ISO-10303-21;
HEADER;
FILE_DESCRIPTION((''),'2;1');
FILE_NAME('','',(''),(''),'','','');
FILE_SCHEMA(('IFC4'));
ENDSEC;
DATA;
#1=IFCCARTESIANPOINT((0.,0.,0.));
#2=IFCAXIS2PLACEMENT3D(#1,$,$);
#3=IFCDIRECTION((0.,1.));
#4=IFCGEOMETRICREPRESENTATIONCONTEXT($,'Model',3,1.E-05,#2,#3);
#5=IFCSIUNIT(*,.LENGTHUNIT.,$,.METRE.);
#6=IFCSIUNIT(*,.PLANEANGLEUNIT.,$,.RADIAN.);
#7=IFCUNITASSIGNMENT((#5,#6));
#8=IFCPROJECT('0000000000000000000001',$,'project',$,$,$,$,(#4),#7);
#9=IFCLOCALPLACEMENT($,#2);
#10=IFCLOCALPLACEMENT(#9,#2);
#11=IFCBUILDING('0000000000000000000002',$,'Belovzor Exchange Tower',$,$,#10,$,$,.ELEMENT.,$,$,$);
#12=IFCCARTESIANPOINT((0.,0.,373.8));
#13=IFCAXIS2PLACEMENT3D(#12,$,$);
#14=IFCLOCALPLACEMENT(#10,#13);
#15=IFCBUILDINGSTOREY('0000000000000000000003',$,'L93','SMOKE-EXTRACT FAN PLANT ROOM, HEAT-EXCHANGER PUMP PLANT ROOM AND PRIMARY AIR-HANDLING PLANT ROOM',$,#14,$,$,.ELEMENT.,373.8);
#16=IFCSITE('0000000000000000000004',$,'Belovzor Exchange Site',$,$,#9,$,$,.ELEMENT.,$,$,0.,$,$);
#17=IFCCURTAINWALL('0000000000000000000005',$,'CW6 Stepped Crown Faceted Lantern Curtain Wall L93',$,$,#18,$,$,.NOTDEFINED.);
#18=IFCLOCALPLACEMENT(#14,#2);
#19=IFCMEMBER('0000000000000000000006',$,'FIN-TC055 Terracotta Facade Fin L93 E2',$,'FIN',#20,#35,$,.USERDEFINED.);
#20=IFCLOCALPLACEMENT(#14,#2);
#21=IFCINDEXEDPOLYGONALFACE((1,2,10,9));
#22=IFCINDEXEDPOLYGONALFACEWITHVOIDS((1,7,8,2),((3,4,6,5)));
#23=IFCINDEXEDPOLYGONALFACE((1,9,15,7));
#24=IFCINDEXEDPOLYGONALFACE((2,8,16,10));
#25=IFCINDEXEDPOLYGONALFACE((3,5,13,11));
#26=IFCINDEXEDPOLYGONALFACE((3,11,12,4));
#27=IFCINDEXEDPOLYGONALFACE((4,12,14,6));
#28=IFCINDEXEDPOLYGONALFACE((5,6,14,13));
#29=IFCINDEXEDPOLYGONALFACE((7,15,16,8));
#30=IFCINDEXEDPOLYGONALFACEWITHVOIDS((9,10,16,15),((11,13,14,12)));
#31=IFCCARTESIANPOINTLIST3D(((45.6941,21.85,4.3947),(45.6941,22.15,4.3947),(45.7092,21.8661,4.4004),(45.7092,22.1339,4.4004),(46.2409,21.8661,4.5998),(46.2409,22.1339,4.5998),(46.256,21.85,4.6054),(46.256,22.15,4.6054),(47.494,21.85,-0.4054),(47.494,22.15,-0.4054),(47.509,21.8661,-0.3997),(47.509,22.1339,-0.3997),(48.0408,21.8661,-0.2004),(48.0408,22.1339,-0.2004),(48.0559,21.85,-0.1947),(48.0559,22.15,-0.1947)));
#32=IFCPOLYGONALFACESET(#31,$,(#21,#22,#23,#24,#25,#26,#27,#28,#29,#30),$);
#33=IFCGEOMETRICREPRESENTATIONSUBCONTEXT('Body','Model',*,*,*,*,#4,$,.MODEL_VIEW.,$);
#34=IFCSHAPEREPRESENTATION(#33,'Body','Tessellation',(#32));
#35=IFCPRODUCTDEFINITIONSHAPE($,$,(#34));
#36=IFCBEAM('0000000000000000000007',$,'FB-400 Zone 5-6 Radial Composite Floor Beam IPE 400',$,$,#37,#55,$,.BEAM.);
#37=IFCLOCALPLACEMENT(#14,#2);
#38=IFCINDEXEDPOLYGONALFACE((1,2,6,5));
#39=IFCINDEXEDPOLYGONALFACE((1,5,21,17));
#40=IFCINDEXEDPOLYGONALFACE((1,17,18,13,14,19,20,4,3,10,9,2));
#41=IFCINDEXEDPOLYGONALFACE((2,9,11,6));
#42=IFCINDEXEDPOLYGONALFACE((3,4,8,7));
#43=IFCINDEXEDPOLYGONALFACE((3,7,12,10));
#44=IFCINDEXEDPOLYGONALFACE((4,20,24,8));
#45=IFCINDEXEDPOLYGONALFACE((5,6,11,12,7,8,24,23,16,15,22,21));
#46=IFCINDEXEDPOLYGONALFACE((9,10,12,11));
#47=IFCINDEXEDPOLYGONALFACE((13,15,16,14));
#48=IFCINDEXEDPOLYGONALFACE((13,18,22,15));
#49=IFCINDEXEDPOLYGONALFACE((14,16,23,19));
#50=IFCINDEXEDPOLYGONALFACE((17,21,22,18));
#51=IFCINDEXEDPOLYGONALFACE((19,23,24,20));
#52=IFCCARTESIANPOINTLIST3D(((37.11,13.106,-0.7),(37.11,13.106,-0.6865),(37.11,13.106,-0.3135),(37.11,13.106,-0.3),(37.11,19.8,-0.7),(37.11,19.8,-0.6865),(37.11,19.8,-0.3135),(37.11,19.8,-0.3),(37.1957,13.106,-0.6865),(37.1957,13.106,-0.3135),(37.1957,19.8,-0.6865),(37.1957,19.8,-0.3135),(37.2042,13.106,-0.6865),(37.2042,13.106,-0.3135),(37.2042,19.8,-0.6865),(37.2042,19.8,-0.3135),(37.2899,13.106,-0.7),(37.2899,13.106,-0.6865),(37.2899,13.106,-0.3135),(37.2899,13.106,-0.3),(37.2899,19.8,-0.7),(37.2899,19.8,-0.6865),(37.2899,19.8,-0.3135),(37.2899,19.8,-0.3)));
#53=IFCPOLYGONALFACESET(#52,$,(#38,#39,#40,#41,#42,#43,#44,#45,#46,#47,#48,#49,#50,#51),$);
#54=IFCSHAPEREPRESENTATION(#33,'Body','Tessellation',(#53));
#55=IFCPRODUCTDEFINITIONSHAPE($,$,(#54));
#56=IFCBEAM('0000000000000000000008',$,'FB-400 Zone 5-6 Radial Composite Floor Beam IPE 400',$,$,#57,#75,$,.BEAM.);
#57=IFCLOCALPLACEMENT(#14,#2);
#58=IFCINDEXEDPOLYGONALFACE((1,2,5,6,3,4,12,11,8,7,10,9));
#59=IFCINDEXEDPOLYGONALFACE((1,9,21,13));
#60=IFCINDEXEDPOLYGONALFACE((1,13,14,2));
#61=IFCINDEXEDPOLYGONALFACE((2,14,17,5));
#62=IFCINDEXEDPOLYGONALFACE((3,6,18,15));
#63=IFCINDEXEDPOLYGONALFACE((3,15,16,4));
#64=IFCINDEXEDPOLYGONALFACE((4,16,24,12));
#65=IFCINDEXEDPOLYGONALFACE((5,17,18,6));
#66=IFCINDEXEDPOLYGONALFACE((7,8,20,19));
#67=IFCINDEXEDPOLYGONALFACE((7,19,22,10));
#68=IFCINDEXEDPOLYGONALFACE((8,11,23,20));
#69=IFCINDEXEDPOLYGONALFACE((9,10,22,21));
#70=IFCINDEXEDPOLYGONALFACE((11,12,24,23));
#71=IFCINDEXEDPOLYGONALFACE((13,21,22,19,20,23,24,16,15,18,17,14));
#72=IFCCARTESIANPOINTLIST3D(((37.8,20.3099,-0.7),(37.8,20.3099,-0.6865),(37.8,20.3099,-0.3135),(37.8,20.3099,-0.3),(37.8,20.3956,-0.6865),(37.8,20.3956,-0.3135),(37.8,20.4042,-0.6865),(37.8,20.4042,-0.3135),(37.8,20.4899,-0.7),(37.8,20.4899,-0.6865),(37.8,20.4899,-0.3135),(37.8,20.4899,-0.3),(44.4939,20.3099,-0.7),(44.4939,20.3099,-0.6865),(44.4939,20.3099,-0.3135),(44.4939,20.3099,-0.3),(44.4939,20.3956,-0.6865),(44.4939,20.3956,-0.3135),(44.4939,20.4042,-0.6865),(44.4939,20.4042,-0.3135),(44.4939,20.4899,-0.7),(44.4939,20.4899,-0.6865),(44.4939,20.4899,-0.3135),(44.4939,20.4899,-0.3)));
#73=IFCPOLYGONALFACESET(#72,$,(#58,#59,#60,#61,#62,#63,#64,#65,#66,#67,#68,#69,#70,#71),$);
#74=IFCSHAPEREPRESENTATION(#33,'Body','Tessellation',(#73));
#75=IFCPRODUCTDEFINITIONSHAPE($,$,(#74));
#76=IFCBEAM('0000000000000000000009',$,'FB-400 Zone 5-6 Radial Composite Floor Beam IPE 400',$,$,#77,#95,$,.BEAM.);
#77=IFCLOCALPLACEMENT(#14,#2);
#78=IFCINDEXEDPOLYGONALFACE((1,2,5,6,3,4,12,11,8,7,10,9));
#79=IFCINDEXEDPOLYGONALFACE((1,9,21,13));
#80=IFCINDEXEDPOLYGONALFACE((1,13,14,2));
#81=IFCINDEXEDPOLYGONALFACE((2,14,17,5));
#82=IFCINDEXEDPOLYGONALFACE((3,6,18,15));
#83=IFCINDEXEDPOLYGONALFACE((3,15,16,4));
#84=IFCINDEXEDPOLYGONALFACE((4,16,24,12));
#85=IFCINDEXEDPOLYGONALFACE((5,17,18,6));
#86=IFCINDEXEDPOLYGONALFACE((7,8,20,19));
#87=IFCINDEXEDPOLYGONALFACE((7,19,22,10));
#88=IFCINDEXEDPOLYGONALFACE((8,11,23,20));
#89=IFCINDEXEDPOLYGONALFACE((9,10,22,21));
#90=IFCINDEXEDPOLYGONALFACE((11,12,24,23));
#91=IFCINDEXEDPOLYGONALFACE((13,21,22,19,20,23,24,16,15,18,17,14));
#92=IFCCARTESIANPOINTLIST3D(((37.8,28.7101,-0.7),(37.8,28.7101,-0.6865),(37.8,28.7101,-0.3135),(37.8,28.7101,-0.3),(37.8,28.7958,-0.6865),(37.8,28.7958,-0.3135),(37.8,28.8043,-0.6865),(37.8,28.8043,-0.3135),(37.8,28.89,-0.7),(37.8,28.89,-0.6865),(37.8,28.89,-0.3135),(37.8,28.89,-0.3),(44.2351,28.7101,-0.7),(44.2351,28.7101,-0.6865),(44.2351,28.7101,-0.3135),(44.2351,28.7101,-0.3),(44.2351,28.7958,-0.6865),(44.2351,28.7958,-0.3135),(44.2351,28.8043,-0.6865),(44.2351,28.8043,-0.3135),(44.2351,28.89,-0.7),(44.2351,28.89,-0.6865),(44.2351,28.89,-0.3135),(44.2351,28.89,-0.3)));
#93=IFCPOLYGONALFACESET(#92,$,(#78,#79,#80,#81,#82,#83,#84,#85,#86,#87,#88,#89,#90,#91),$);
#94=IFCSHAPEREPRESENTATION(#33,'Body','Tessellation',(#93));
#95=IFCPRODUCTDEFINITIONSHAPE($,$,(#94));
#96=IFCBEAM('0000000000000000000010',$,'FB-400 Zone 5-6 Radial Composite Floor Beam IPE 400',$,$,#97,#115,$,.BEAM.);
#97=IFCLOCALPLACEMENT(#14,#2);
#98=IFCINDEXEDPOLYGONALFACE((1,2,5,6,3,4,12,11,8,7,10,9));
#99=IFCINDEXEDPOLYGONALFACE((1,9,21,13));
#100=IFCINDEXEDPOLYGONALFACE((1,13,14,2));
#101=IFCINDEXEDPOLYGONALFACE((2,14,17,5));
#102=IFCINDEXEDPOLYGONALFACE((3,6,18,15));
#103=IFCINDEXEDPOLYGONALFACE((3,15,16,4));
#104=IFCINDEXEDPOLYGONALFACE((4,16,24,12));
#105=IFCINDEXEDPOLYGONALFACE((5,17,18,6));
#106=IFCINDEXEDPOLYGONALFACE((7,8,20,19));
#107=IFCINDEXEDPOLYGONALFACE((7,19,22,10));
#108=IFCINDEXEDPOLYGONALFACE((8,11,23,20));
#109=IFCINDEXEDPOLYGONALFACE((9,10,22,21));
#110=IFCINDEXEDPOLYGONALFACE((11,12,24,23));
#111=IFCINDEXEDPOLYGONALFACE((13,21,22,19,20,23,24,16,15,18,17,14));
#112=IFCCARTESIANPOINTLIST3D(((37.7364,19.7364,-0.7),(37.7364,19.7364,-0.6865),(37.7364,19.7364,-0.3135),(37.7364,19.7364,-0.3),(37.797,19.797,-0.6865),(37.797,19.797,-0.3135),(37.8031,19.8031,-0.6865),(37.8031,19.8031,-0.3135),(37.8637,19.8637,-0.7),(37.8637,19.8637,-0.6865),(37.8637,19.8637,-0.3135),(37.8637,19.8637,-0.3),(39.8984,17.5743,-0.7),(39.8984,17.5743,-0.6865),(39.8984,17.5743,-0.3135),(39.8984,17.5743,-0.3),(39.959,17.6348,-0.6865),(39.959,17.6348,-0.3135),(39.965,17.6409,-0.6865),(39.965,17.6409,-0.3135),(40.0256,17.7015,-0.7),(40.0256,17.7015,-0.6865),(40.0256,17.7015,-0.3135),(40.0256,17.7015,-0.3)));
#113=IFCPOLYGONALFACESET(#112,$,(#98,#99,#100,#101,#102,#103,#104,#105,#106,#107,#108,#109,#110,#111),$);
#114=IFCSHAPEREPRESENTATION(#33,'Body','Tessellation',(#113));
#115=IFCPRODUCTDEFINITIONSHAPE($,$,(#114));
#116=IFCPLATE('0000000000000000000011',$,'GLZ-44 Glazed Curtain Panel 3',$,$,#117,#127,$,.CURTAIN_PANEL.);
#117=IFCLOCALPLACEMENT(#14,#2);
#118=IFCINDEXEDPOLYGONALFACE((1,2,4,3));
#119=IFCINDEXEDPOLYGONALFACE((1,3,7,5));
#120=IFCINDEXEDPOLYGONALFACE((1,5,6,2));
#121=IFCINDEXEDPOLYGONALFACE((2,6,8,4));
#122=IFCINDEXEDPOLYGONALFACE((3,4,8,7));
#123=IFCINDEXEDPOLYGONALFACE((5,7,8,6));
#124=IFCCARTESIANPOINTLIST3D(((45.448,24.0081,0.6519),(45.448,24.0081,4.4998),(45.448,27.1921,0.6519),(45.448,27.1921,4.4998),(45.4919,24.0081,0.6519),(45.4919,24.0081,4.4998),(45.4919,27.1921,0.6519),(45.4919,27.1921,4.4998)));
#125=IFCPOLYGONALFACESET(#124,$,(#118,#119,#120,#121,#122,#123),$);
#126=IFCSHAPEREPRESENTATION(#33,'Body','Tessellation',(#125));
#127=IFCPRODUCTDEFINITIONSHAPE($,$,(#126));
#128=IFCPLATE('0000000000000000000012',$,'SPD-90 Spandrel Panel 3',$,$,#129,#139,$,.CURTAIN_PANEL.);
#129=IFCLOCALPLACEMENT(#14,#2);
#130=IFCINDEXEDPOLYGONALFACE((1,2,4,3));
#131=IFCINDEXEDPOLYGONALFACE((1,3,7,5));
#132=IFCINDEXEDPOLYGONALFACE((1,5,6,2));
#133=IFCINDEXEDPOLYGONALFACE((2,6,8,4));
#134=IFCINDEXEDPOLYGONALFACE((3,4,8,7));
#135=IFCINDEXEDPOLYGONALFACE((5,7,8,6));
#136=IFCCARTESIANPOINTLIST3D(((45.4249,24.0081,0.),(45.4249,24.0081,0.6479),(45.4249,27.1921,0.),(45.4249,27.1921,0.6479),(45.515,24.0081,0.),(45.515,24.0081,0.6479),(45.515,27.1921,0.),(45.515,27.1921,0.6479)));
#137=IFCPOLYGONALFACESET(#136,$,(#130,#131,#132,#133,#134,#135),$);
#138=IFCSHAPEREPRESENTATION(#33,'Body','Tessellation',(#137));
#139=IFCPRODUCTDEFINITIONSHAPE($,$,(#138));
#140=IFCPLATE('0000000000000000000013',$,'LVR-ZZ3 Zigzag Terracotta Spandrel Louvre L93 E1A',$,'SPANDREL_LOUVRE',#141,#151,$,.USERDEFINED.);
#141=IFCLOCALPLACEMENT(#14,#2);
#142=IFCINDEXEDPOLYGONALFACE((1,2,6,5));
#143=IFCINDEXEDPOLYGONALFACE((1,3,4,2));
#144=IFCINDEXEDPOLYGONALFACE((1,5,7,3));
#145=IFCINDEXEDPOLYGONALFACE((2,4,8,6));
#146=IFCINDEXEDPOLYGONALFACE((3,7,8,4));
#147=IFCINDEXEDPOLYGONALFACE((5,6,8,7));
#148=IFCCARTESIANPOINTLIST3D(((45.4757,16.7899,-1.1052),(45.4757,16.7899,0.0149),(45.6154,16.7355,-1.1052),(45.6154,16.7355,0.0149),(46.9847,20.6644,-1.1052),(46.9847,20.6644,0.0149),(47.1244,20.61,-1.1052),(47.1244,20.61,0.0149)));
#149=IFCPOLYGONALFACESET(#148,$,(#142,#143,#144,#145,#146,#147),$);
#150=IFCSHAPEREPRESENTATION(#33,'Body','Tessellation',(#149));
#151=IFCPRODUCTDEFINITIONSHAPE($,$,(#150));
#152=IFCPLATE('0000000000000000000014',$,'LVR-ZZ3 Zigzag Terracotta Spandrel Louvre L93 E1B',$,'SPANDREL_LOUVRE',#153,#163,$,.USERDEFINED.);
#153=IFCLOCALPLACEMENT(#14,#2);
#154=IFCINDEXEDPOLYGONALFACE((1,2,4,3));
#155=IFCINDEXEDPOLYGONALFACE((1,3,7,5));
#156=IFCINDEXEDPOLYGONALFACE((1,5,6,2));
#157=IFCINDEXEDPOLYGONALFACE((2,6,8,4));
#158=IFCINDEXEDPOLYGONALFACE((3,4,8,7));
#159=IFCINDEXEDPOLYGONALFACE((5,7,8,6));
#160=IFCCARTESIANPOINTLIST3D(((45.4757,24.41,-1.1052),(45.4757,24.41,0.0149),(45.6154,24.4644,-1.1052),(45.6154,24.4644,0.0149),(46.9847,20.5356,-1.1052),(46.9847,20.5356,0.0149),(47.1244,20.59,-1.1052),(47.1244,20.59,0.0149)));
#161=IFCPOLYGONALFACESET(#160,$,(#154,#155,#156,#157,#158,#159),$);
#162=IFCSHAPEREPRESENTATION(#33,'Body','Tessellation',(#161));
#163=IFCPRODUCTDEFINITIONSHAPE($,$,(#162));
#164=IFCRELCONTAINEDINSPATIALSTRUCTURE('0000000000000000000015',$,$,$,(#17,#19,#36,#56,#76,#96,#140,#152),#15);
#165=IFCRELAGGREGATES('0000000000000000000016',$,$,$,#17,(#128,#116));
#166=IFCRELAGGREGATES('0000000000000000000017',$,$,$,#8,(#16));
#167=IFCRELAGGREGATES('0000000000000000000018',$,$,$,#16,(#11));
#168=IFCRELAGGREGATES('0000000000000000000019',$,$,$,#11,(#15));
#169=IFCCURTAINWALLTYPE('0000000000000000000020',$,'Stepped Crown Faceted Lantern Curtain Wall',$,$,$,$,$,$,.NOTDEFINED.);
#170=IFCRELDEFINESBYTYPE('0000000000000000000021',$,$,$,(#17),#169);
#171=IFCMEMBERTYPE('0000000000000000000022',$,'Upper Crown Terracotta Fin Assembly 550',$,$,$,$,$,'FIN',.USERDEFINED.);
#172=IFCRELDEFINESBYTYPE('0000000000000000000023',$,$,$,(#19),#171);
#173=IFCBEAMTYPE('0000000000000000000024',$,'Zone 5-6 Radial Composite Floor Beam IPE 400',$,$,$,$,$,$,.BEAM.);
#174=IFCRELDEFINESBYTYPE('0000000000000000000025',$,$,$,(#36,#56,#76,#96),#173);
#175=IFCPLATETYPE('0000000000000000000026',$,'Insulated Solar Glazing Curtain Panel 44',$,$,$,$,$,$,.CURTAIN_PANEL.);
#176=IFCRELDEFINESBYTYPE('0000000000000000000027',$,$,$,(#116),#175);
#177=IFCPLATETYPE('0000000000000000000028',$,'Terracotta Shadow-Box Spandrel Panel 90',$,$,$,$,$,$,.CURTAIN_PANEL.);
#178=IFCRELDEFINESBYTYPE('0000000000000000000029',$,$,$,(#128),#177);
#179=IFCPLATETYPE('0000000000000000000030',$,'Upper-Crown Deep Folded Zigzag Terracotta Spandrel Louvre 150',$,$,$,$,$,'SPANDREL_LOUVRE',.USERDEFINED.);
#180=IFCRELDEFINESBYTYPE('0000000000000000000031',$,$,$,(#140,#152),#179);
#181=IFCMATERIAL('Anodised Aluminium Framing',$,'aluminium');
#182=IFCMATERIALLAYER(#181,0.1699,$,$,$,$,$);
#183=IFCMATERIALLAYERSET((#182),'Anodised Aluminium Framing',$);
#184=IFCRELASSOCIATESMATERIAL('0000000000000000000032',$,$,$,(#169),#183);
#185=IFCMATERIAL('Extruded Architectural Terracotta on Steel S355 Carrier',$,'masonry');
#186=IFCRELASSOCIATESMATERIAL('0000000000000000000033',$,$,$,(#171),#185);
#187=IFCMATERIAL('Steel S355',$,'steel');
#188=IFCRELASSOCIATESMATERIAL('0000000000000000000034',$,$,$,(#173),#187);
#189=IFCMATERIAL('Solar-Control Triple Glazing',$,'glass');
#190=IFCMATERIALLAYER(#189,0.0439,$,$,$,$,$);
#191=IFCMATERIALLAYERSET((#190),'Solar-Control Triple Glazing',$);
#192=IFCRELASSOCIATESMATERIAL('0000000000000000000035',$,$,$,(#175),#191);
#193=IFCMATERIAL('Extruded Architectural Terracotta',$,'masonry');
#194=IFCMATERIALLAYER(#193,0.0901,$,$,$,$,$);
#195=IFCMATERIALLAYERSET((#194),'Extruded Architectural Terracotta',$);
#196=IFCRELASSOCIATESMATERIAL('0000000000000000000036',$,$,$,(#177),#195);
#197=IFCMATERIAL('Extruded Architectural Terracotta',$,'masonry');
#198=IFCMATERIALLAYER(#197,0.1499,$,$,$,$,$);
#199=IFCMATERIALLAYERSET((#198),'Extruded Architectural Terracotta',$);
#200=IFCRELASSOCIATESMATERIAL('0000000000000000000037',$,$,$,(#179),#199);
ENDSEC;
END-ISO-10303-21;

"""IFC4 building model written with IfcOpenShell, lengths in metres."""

from ifc_helpers import new_model, si_unit, direction, frame, origin, origin_2d, place, context, subcontext, project, spatial, rectangle, hollow_rectangle, i_section, extrude, material, layer, layer_set, material_profile, profile_set, type_object, element, aggregate, save


model = new_model("IFC4")

# Units and contexts
model_context = context("Model", 3, precision=1e-05, world=origin(), true_north=direction((0.0, 1.0)))
body_context = subcontext(model_context, "Body", "Model", "MODEL_VIEW")
ifc_project = project(units=[si_unit("LENGTHUNIT", "METRE"), si_unit("PLANEANGLEUNIT", "RADIAN")], contexts=[model_context])

# Site, building, storey
site_placement = place(None, origin())
site = spatial("IfcSite", under=ifc_project, at=site_placement, Name="Belovzor Exchange Site", CompositionType="ELEMENT", RefElevation=0.0)
building_placement = place(site_placement, origin())
building = spatial("IfcBuilding", under=site, at=building_placement, Name="Belovzor Exchange Tower", CompositionType="ELEMENT")
storey_placement = place(building_placement, frame((0.0, 0.0, 373.8)))
storey = spatial("IfcBuildingStorey", under=building, at=storey_placement, Name="L93", Description="SMOKE-EXTRACT FAN PLANT ROOM, HEAT-EXCHANGER PUMP PLANT ROOM AND PRIMARY AIR-HANDLING PLANT ROOM", CompositionType="ELEMENT", Elevation=373.8)

# Curtain wall
ifc_material_1 = material(Name="Anodised Aluminium Framing", Category="aluminium")
ifc_layer_1 = layer(ifc_material_1, 0.1699)
ifc_layer_set_1 = layer_set([ifc_layer_1], Name="Anodised Aluminium Framing")
curtain_wall_type = type_object("IfcCurtainWallType", Name="Stepped Crown Faceted Lantern Curtain Wall", PredefinedType="NOTDEFINED", material=ifc_layer_set_1)
curtain_wall_placement = place(storey_placement, origin())
curtain_wall = element("IfcCurtainWall", 1, at=curtain_wall_placement, inside=storey, type_object=curtain_wall_type, Name="CW6 Stepped Crown Faceted Lantern Curtain Wall L93", PredefinedType="NOTDEFINED")

# Member
ifc_material_2 = material(Name="Extruded Architectural Terracotta on Steel S355 Carrier", Category="masonry")
ifc_material_profile_1 = material_profile(ifc_material_2, hollow_rectangle(XDim=0.3, YDim=0.6001, WallThickness=0.0161, at=origin_2d()))
ifc_profile_set_1 = profile_set([ifc_material_profile_1], Name="Extruded Architectural Terracotta on Steel S355 Carrier")
member_type_1 = type_object("IfcMemberType", Name="Upper Crown Terracotta Fin Assembly 550", ElementType="FIN", PredefinedType="USERDEFINED", material=ifc_profile_set_1)
member_1_placement = place(storey_placement, frame((47.7749, 22.0, -0.3), z_axis=(-0.351087, 0.0, 0.936343), x_axis=(0.0, -1.0, 0.0)))
element("IfcMember", 2, at=member_1_placement, inside=storey, type_object=member_type_1, Name="FIN-TC055 Terracotta Facade Fin L93 E2", ObjectType="FIN", PredefinedType="USERDEFINED", context=body_context, shape_type="SweptSolid", body=[
    extrude(hollow_rectangle(XDim=0.3, YDim=0.6001, WallThickness=0.0161, at=origin_2d()), origin(), (0.0, 0.0, 1.0), 5.1265),
])

# Beams
ifc_material_3 = material(Name="Steel S355", Category="steel")
ifc_material_profile_2 = material_profile(ifc_material_3, i_section(OverallWidth=0.1799, OverallDepth=0.3999, WebThickness=0.0085, FlangeThickness=0.0134, at=origin_2d()))
ifc_profile_set_2 = profile_set([ifc_material_profile_2], Name="Steel S355")
beam_type_1 = type_object("IfcBeamType", Name="Zone 5-6 Radial Composite Floor Beam IPE 400", PredefinedType="BEAM", material=ifc_profile_set_2)
beam_1_placement = place(storey_placement, frame((37.2, 19.8, -0.5), z_axis=(0.0, -1.0, 0.0), x_axis=(1.0, 0.0, 0.0)))
element("IfcBeam", 3, at=beam_1_placement, inside=storey, type_object=beam_type_1, Name="FB-400 Zone 5-6 Radial Composite Floor Beam IPE 400", PredefinedType="BEAM", context=body_context, shape_type="SweptSolid", body=[
    extrude(i_section(OverallWidth=0.1799, OverallDepth=0.3999, WebThickness=0.0085, FlangeThickness=0.0134, at=origin_2d()), origin(), (0.0, 0.0, 1.0), 6.6941),
])
beam_2_placement = place(storey_placement, frame((37.8, 20.3999, -0.5), z_axis=(1.0, 0.0, 0.0), x_axis=(0.0, 1.0, 0.0)))
element("IfcBeam", 4, at=beam_2_placement, inside=storey, type_object=beam_type_1, Name="FB-400 Zone 5-6 Radial Composite Floor Beam IPE 400", PredefinedType="BEAM", context=body_context, shape_type="SweptSolid", body=[
    extrude(i_section(OverallWidth=0.1799, OverallDepth=0.3999, WebThickness=0.0085, FlangeThickness=0.0134, at=origin_2d()), origin(), (0.0, 0.0, 1.0), 6.6938),
])
beam_3_placement = place(storey_placement, frame((37.8, 28.8, -0.5), z_axis=(1.0, 0.0, 0.0), x_axis=(0.0, 1.0, 0.0)))
element("IfcBeam", 5, at=beam_3_placement, inside=storey, type_object=beam_type_1, Name="FB-400 Zone 5-6 Radial Composite Floor Beam IPE 400", PredefinedType="BEAM", context=body_context, shape_type="SweptSolid", body=[
    extrude(i_section(OverallWidth=0.1799, OverallDepth=0.3999, WebThickness=0.0085, FlangeThickness=0.0134, at=origin_2d()), origin(), (0.0, 0.0, 1.0), 6.4351),
])
beam_4_placement = place(storey_placement, frame((37.8, 19.8, -0.5), z_axis=(0.707067, -0.707147, 0.0), x_axis=(0.707147, 0.707067, 0.0)))
element("IfcBeam", 6, at=beam_4_placement, inside=storey, type_object=beam_type_1, Name="FB-400 Zone 5-6 Radial Composite Floor Beam IPE 400", PredefinedType="BEAM", context=body_context, shape_type="SweptSolid", body=[
    extrude(i_section(OverallWidth=0.1799, OverallDepth=0.3999, WebThickness=0.0085, FlangeThickness=0.0134, at=origin_2d()), origin(), (0.0, 0.0, 1.0), 3.0576),
])

# Plates
ifc_material_4 = material(Name="Solar-Control Triple Glazing", Category="glass")
ifc_layer_2 = layer(ifc_material_4, 0.0439)
ifc_layer_set_2 = layer_set([ifc_layer_2], Name="Solar-Control Triple Glazing")
plate_type_1 = type_object("IfcPlateType", Name="Insulated Solar Glazing Curtain Panel 44", PredefinedType="CURTAIN_PANEL", material=ifc_layer_set_2)
plate_1_placement = place(storey_placement, frame((45.47, 25.6001, 0.6519), z_axis=(0.0, 0.0, 1.0), x_axis=(0.0, -1.0, 0.0)))
plate_1 = element("IfcPlate", 7, at=plate_1_placement, type_object=plate_type_1, Name="GLZ-44 Glazed Curtain Panel 3", PredefinedType="CURTAIN_PANEL", context=body_context, shape_type="SweptSolid", body=[
    extrude(rectangle(XDim=3.1841, YDim=0.0439, at=origin_2d()), origin(), (0.0, 0.0, 1.0), 3.8479),
])
ifc_material_5 = material(Name="Extruded Architectural Terracotta", Category="masonry")
ifc_layer_3 = layer(ifc_material_5, 0.0901)
ifc_layer_set_3 = layer_set([ifc_layer_3], Name="Extruded Architectural Terracotta")
plate_type_2 = type_object("IfcPlateType", Name="Terracotta Shadow-Box Spandrel Panel 90", PredefinedType="CURTAIN_PANEL", material=ifc_layer_set_3)
plate_2_placement = place(storey_placement, frame((45.47, 25.6001, 0.0), z_axis=(0.0, 0.0, 1.0), x_axis=(0.0, -1.0, 0.0)))
plate_2 = element("IfcPlate", 8, at=plate_2_placement, type_object=plate_type_2, Name="SPD-90 Spandrel Panel 3", PredefinedType="CURTAIN_PANEL", context=body_context, shape_type="SweptSolid", body=[
    extrude(rectangle(XDim=3.1841, YDim=0.0901, at=origin_2d()), origin(), (0.0, 0.0, 1.0), 0.6479),
])
aggregate(curtain_wall, [plate_2, plate_1])

# Plates
ifc_material_6 = material(Name="Extruded Architectural Terracotta", Category="masonry")
ifc_layer_4 = layer(ifc_material_6, 0.1499)
ifc_layer_set_4 = layer_set([ifc_layer_4], Name="Extruded Architectural Terracotta")
plate_type_3 = type_object("IfcPlateType", Name="Upper-Crown Deep Folded Zigzag Terracotta Spandrel Louvre 150", ElementType="SPANDREL_LOUVRE", PredefinedType="USERDEFINED", material=ifc_layer_set_4)
for number, where, z_axis, x_axis, name in (
    (9, (46.3, 18.7, -1.1052), (0.0, 0.0, 1.0), (0.362926, 0.931818, 0.0), "LVR-ZZ3 Zigzag Terracotta Spandrel Louvre L93 E1A"),
    (10, (46.3, 22.5, -1.1052), (0.0, 0.0, 1.0), (-0.362926, 0.931818, 0.0), "LVR-ZZ3 Zigzag Terracotta Spandrel Louvre L93 E1B"),
):
    element("IfcPlate", number, at=place(storey_placement, frame(where, z_axis=z_axis, x_axis=x_axis)), inside=storey, type_object=plate_type_3, Name=name, ObjectType="SPANDREL_LOUVRE", PredefinedType="USERDEFINED", context=body_context, shape_type="SweptSolid", body=[
        extrude(rectangle(XDim=4.158, YDim=0.1499, at=origin_2d()), origin(), (0.0, 0.0, 1.0), 1.1201),
    ])

save(model, "model.ifc")
